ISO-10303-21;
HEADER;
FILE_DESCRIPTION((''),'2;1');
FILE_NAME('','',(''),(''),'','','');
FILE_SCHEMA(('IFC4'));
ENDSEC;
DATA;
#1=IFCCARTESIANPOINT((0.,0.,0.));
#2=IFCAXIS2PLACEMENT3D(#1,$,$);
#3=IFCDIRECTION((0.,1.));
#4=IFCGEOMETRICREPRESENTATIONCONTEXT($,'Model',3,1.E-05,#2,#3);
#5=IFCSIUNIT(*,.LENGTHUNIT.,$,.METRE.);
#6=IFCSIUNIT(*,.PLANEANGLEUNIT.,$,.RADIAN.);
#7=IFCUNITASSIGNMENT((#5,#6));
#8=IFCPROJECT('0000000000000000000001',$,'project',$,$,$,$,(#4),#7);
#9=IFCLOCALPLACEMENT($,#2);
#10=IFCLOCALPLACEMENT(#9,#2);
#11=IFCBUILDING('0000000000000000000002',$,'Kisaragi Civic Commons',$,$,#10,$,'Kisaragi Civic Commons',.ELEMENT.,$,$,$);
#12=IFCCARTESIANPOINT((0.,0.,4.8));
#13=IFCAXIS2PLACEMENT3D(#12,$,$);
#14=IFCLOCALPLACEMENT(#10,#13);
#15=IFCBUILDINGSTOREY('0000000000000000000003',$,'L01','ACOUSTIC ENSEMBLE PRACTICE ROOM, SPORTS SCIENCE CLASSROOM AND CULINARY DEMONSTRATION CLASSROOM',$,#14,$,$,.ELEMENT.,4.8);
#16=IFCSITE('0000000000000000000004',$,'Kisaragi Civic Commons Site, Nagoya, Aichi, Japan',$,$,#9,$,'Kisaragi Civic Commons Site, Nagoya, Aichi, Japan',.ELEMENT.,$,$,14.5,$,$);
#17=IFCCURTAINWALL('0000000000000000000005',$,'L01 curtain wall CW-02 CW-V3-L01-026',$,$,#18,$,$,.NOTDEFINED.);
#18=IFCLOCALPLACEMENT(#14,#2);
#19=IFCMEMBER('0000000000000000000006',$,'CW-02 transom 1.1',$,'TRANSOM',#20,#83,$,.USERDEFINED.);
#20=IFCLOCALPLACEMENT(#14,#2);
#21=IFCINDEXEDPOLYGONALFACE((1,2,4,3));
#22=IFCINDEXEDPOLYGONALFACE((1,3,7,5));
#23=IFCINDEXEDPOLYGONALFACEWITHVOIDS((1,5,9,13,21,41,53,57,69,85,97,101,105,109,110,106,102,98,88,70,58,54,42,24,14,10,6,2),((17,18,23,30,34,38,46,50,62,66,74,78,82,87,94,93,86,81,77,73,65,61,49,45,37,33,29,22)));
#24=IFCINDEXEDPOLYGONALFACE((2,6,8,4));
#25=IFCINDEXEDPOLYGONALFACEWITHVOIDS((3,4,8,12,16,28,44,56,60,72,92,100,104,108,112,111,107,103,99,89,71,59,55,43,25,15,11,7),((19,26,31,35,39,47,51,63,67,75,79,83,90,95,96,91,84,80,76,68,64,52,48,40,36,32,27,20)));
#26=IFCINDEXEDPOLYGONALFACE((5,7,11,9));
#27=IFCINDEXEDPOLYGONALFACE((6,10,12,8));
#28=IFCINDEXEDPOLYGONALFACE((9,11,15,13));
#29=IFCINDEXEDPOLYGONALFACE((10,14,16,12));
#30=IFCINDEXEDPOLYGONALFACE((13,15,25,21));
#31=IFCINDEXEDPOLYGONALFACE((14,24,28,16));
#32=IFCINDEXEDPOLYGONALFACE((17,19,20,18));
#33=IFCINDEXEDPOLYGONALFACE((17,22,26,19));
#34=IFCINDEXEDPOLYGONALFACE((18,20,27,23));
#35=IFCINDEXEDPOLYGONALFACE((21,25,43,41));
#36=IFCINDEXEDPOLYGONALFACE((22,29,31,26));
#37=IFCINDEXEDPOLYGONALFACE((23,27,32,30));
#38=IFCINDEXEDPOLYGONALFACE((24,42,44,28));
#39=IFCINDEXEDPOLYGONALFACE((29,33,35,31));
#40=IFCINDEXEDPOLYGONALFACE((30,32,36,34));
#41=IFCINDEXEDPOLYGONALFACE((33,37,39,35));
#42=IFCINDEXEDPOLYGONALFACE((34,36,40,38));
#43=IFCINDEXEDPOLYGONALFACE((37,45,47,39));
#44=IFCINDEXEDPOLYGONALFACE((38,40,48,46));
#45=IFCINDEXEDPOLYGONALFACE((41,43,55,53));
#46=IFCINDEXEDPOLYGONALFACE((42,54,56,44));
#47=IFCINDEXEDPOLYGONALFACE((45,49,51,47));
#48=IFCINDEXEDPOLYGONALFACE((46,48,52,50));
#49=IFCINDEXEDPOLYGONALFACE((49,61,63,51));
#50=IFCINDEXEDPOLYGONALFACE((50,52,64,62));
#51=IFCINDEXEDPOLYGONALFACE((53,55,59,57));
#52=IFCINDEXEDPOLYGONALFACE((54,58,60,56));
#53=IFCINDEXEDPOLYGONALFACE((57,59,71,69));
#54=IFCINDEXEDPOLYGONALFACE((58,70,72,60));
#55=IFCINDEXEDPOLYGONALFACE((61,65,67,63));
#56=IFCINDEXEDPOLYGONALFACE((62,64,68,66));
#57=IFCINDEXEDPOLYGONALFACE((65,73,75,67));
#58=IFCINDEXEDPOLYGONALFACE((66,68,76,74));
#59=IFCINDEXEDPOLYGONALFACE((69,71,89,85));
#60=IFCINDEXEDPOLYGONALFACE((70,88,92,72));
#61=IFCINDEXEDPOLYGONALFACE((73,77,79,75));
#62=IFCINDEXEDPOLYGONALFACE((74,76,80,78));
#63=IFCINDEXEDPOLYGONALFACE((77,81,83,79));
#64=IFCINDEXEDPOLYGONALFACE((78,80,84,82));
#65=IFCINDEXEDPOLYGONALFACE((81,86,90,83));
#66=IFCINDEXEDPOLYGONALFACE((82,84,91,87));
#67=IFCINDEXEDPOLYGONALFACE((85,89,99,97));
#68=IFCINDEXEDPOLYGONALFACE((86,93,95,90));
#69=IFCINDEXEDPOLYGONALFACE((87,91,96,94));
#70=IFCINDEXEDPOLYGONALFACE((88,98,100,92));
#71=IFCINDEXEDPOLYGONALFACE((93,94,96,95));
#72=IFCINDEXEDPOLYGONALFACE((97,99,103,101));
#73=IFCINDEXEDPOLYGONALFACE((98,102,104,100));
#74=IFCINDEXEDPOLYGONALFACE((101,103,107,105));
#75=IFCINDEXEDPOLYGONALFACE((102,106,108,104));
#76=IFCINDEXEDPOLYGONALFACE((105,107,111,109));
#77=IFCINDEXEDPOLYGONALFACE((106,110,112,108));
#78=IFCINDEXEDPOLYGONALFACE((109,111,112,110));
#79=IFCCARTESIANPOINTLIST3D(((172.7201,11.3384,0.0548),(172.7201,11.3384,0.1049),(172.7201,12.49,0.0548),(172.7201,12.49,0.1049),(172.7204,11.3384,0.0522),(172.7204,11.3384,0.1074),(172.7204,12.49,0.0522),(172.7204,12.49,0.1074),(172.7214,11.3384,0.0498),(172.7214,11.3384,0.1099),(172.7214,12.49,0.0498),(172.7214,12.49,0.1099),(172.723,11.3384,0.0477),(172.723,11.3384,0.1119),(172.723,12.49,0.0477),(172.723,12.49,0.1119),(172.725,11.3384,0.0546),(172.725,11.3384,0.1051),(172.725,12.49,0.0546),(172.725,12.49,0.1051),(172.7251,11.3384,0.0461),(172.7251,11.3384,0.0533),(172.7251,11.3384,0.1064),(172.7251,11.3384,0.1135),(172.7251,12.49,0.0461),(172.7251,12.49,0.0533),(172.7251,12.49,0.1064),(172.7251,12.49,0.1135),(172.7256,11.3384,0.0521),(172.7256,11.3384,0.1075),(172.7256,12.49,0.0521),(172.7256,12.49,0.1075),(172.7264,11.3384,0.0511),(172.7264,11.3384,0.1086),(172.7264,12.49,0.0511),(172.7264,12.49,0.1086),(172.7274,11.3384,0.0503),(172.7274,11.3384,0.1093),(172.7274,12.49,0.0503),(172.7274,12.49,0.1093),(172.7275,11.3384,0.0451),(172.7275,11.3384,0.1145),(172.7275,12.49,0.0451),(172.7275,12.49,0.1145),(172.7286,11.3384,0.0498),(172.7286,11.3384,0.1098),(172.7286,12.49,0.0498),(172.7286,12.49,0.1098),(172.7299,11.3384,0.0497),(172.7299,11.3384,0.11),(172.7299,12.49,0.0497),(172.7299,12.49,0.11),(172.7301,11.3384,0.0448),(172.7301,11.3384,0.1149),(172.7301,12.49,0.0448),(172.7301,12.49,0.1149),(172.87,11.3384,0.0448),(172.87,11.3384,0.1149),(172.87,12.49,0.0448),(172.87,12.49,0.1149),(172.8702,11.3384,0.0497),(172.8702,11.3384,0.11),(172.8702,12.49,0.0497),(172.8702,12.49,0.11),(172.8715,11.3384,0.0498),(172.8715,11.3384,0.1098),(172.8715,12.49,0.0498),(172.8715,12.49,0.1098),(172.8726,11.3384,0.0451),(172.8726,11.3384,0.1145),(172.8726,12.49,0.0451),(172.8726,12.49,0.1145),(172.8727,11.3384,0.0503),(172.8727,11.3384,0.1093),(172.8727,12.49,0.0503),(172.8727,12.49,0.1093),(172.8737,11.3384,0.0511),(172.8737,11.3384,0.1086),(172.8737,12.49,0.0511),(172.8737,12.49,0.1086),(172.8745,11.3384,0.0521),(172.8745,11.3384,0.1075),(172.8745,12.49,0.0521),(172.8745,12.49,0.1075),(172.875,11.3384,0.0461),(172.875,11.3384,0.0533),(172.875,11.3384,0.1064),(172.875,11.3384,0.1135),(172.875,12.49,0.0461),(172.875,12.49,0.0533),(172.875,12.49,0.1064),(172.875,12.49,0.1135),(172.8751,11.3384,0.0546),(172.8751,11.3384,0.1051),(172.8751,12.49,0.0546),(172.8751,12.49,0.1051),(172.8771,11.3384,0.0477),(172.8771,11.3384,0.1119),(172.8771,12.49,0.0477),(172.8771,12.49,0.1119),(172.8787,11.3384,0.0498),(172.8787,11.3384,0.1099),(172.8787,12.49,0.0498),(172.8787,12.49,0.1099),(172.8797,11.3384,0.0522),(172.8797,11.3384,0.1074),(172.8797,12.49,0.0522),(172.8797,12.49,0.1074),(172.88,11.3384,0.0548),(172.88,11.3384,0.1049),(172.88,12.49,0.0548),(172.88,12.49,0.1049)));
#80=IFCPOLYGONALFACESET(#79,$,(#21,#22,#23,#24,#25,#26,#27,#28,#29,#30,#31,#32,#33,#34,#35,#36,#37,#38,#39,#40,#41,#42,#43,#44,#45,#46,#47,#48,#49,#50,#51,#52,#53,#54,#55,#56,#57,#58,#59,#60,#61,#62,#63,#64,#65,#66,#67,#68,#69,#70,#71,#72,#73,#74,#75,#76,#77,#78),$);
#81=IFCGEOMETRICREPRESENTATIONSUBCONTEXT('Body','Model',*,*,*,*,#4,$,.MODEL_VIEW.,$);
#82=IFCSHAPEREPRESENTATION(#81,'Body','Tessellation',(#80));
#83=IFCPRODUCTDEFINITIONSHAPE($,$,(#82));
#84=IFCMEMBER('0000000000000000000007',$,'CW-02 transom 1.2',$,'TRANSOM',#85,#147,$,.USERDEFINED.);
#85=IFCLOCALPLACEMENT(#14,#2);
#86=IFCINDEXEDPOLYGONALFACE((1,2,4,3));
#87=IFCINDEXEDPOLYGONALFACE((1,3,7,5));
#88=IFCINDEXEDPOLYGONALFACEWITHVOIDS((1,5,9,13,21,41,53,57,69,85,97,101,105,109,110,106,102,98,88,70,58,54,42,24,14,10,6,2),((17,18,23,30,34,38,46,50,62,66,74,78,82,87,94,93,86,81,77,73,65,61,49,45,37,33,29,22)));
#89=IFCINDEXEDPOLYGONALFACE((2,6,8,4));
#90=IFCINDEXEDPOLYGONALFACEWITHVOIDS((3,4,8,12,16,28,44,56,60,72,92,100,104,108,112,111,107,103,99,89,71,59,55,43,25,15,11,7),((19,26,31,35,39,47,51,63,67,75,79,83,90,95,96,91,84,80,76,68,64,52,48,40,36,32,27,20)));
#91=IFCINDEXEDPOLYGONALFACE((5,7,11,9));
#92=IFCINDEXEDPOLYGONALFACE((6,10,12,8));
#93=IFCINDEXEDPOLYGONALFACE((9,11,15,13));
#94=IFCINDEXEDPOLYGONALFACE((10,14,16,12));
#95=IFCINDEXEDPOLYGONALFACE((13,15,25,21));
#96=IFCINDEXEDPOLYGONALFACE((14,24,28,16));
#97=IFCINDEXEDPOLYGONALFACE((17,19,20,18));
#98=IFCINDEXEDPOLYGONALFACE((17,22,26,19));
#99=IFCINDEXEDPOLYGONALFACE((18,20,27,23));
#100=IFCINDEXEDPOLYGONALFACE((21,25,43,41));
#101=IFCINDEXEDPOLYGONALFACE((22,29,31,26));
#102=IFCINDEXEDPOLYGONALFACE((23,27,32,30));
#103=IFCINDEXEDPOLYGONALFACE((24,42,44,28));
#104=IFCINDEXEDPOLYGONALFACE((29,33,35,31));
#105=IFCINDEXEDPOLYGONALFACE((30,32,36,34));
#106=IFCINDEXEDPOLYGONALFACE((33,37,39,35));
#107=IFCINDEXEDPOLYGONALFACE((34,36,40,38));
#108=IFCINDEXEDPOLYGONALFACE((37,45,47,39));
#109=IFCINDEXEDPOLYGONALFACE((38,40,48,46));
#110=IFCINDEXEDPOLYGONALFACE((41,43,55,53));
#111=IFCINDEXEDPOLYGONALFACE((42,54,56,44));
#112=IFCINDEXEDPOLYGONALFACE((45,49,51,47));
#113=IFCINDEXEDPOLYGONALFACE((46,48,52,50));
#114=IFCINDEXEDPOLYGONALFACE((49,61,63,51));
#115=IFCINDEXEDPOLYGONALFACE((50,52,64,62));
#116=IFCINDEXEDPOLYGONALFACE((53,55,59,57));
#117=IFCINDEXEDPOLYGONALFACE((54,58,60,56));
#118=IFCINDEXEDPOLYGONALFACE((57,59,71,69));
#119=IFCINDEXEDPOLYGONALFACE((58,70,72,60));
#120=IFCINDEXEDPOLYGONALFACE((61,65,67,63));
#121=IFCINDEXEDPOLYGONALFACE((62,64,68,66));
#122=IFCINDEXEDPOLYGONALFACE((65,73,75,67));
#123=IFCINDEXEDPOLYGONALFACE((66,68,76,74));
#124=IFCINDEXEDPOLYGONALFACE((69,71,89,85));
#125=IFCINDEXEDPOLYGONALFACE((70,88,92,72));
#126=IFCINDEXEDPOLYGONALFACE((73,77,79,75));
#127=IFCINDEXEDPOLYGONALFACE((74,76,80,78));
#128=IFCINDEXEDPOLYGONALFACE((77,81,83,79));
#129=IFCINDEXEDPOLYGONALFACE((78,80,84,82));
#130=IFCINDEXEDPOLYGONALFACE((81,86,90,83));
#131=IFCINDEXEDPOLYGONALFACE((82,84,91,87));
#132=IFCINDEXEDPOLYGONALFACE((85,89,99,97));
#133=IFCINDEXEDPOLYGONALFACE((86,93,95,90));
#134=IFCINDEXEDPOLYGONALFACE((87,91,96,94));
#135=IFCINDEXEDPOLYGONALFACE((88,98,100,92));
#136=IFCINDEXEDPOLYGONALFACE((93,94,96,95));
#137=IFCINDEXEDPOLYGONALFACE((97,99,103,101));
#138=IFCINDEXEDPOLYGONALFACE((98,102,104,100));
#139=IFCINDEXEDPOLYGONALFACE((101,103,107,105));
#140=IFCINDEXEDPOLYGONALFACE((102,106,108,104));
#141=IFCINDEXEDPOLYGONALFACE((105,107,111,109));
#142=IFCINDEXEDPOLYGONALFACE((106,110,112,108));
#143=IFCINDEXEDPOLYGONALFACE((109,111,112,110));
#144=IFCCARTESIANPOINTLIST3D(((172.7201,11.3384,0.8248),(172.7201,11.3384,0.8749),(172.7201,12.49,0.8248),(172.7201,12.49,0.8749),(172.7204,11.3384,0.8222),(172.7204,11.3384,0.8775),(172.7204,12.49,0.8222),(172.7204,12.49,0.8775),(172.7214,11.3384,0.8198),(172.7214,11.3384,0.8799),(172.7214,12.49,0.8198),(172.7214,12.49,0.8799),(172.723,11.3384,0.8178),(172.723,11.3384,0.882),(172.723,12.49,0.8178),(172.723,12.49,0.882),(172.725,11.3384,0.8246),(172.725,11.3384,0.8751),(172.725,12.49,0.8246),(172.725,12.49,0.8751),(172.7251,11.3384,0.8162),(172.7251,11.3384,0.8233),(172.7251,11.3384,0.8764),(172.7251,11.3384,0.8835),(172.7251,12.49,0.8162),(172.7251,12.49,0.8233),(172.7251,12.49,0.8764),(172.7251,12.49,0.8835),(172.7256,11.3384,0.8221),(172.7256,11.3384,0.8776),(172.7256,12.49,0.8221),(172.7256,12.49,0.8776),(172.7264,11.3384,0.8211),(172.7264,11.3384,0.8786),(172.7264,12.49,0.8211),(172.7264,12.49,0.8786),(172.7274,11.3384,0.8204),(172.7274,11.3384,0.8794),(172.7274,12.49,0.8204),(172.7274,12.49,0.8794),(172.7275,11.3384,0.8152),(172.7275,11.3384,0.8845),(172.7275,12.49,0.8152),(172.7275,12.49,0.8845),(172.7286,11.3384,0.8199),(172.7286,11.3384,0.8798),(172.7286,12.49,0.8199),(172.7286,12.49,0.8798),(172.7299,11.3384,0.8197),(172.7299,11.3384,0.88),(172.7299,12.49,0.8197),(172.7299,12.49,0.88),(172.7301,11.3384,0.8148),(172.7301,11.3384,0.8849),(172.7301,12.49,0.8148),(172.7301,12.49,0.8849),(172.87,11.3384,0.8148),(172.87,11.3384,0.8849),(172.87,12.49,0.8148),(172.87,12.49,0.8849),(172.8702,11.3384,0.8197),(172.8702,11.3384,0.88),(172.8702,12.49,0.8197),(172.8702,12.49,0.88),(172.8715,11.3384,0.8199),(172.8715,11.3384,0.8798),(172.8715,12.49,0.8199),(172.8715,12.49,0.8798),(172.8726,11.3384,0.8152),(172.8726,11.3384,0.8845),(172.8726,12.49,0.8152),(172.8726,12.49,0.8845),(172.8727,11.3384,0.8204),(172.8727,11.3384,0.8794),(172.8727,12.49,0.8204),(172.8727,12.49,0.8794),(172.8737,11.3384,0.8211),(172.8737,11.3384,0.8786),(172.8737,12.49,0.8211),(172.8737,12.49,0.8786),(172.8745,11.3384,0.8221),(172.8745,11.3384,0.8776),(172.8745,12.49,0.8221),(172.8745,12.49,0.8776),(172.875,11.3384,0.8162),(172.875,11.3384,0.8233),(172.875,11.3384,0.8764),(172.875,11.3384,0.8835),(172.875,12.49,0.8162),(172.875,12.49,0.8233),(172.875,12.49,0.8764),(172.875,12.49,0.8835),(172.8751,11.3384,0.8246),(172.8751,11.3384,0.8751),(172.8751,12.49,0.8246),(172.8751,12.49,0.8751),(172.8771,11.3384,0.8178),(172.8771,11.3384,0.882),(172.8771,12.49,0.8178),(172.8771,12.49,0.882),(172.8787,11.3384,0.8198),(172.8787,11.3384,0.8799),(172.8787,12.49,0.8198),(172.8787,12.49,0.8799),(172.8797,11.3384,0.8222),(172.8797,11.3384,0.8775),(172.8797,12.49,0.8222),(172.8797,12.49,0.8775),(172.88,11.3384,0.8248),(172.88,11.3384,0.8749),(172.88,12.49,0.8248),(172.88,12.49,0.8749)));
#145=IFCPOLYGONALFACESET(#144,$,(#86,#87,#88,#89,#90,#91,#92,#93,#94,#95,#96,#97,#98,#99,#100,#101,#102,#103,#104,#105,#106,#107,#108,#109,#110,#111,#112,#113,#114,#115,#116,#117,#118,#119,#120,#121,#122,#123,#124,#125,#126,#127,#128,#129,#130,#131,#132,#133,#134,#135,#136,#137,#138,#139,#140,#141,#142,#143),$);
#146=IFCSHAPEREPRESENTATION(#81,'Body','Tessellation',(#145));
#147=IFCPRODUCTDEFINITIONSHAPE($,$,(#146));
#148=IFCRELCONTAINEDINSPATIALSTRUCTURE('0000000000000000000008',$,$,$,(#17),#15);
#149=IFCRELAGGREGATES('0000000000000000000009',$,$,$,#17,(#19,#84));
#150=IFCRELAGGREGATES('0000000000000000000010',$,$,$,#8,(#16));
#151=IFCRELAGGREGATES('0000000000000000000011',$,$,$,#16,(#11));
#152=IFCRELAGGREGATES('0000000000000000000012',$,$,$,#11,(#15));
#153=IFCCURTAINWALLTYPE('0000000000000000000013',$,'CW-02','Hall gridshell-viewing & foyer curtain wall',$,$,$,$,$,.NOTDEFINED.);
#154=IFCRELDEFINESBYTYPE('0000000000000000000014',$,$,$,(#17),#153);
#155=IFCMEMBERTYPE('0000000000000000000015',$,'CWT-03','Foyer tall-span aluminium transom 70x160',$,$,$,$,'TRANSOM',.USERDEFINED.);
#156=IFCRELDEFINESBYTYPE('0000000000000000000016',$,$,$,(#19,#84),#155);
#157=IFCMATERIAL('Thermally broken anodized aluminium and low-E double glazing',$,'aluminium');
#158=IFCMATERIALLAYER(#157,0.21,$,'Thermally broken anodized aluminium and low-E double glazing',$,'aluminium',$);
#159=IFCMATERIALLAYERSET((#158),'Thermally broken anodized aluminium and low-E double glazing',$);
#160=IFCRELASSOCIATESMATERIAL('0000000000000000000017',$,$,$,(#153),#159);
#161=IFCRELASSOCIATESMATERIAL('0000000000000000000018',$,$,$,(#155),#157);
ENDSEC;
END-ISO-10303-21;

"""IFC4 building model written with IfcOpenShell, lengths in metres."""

from ifc_helpers import new_model, si_unit, direction, frame, origin, origin_2d, place, context, subcontext, project, spatial, hollow_rectangle, extrude, material, layer, layer_set, material_profile, profile_set, type_object, element, aggregate, save


model = new_model("IFC4")

# Units and contexts
model_context = context("Model", 3, precision=1e-05, world=origin(), true_north=direction((0.0, 1.0)))
body_context = subcontext(model_context, "Body", "Model", "MODEL_VIEW")
ifc_project = project(units=[si_unit("LENGTHUNIT", "METRE"), si_unit("PLANEANGLEUNIT", "RADIAN")], contexts=[model_context])

# Site, building, storey
site_placement = place(None, origin())
site = spatial("IfcSite", under=ifc_project, at=site_placement, Name="Kisaragi Civic Commons Site, Nagoya, Aichi, Japan", LongName="Kisaragi Civic Commons Site, Nagoya, Aichi, Japan", CompositionType="ELEMENT", RefElevation=14.5)
building_placement = place(site_placement, origin())
building = spatial("IfcBuilding", under=site, at=building_placement, Name="Kisaragi Civic Commons", LongName="Kisaragi Civic Commons", CompositionType="ELEMENT")
storey_placement = place(building_placement, frame((0.0, 0.0, 4.8)))
storey = spatial("IfcBuildingStorey", under=building, at=storey_placement, Name="L01", Description="ACOUSTIC ENSEMBLE PRACTICE ROOM, SPORTS SCIENCE CLASSROOM AND CULINARY DEMONSTRATION CLASSROOM", CompositionType="ELEMENT", Elevation=4.8)

# Curtain wall
ifc_material = material(Name="Thermally broken anodized aluminium and low-E double glazing", Category="aluminium")
ifc_layer_1 = layer(ifc_material, 0.21, Name="Thermally broken anodized aluminium and low-E double glazing", Category="aluminium")
ifc_layer_set_1 = layer_set([ifc_layer_1], Name="Thermally broken anodized aluminium and low-E double glazing")
curtain_wall_type = type_object("IfcCurtainWallType", Name="CW-02", Description="Hall gridshell-viewing & foyer curtain wall", PredefinedType="NOTDEFINED", material=ifc_layer_set_1)
curtain_wall_1_placement = place(storey_placement, origin())
curtain_wall_1 = element("IfcCurtainWall", 1, at=curtain_wall_1_placement, inside=storey, type_object=curtain_wall_type, Name="L01 curtain wall CW-02 CW-V3-L01-026", PredefinedType="NOTDEFINED")

# Members
ifc_material_profile_1 = material_profile(ifc_material, hollow_rectangle(XDim=0.1599, YDim=0.0701, WallThickness=0.0049, InnerFilletRadius=0.0049, OuterFilletRadius=0.01, at=origin_2d()), Name="CWT-70x160x5", Category="aluminium")
ifc_profile_set_1 = profile_set([ifc_material_profile_1], Name="Thermally broken anodized aluminium and low-E double glazing")
member_type_1 = type_object("IfcMemberType", Name="CWT-03", Description="Foyer tall-span aluminium transom 70x160", ElementType="TRANSOM", PredefinedType="USERDEFINED", material=ifc_profile_set_1)
member_1_placement = place(storey_placement, frame((172.8, 12.49, 0.0798), z_axis=(0.0, -1.0, 0.0), x_axis=(1.0, 0.0, 0.0)))
member_1 = element("IfcMember", 2, at=member_1_placement, type_object=member_type_1, Name="CW-02 transom 1.1", ObjectType="TRANSOM", PredefinedType="USERDEFINED", context=body_context, shape_type="SweptSolid", body=[
    extrude(hollow_rectangle(XDim=0.1599, YDim=0.0701, WallThickness=0.0049, InnerFilletRadius=0.0049, OuterFilletRadius=0.01, at=origin_2d()), origin(), (0.0, 0.0, 1.0), 1.1516),
])
member_2_placement = place(storey_placement, frame((172.8, 12.49, 0.8499), z_axis=(0.0, -1.0, 0.0), x_axis=(1.0, 0.0, 0.0)))
member_2 = element("IfcMember", 3, at=member_2_placement, type_object=member_type_1, Name="CW-02 transom 1.2", ObjectType="TRANSOM", PredefinedType="USERDEFINED", context=body_context, shape_type="SweptSolid", body=[
    extrude(hollow_rectangle(XDim=0.1599, YDim=0.0701, WallThickness=0.0049, InnerFilletRadius=0.0049, OuterFilletRadius=0.01, at=origin_2d()), origin(), (0.0, 0.0, 1.0), 1.1516),
])

aggregate(curtain_wall_1, [member_1, member_2])

save(model, "model.ifc")
